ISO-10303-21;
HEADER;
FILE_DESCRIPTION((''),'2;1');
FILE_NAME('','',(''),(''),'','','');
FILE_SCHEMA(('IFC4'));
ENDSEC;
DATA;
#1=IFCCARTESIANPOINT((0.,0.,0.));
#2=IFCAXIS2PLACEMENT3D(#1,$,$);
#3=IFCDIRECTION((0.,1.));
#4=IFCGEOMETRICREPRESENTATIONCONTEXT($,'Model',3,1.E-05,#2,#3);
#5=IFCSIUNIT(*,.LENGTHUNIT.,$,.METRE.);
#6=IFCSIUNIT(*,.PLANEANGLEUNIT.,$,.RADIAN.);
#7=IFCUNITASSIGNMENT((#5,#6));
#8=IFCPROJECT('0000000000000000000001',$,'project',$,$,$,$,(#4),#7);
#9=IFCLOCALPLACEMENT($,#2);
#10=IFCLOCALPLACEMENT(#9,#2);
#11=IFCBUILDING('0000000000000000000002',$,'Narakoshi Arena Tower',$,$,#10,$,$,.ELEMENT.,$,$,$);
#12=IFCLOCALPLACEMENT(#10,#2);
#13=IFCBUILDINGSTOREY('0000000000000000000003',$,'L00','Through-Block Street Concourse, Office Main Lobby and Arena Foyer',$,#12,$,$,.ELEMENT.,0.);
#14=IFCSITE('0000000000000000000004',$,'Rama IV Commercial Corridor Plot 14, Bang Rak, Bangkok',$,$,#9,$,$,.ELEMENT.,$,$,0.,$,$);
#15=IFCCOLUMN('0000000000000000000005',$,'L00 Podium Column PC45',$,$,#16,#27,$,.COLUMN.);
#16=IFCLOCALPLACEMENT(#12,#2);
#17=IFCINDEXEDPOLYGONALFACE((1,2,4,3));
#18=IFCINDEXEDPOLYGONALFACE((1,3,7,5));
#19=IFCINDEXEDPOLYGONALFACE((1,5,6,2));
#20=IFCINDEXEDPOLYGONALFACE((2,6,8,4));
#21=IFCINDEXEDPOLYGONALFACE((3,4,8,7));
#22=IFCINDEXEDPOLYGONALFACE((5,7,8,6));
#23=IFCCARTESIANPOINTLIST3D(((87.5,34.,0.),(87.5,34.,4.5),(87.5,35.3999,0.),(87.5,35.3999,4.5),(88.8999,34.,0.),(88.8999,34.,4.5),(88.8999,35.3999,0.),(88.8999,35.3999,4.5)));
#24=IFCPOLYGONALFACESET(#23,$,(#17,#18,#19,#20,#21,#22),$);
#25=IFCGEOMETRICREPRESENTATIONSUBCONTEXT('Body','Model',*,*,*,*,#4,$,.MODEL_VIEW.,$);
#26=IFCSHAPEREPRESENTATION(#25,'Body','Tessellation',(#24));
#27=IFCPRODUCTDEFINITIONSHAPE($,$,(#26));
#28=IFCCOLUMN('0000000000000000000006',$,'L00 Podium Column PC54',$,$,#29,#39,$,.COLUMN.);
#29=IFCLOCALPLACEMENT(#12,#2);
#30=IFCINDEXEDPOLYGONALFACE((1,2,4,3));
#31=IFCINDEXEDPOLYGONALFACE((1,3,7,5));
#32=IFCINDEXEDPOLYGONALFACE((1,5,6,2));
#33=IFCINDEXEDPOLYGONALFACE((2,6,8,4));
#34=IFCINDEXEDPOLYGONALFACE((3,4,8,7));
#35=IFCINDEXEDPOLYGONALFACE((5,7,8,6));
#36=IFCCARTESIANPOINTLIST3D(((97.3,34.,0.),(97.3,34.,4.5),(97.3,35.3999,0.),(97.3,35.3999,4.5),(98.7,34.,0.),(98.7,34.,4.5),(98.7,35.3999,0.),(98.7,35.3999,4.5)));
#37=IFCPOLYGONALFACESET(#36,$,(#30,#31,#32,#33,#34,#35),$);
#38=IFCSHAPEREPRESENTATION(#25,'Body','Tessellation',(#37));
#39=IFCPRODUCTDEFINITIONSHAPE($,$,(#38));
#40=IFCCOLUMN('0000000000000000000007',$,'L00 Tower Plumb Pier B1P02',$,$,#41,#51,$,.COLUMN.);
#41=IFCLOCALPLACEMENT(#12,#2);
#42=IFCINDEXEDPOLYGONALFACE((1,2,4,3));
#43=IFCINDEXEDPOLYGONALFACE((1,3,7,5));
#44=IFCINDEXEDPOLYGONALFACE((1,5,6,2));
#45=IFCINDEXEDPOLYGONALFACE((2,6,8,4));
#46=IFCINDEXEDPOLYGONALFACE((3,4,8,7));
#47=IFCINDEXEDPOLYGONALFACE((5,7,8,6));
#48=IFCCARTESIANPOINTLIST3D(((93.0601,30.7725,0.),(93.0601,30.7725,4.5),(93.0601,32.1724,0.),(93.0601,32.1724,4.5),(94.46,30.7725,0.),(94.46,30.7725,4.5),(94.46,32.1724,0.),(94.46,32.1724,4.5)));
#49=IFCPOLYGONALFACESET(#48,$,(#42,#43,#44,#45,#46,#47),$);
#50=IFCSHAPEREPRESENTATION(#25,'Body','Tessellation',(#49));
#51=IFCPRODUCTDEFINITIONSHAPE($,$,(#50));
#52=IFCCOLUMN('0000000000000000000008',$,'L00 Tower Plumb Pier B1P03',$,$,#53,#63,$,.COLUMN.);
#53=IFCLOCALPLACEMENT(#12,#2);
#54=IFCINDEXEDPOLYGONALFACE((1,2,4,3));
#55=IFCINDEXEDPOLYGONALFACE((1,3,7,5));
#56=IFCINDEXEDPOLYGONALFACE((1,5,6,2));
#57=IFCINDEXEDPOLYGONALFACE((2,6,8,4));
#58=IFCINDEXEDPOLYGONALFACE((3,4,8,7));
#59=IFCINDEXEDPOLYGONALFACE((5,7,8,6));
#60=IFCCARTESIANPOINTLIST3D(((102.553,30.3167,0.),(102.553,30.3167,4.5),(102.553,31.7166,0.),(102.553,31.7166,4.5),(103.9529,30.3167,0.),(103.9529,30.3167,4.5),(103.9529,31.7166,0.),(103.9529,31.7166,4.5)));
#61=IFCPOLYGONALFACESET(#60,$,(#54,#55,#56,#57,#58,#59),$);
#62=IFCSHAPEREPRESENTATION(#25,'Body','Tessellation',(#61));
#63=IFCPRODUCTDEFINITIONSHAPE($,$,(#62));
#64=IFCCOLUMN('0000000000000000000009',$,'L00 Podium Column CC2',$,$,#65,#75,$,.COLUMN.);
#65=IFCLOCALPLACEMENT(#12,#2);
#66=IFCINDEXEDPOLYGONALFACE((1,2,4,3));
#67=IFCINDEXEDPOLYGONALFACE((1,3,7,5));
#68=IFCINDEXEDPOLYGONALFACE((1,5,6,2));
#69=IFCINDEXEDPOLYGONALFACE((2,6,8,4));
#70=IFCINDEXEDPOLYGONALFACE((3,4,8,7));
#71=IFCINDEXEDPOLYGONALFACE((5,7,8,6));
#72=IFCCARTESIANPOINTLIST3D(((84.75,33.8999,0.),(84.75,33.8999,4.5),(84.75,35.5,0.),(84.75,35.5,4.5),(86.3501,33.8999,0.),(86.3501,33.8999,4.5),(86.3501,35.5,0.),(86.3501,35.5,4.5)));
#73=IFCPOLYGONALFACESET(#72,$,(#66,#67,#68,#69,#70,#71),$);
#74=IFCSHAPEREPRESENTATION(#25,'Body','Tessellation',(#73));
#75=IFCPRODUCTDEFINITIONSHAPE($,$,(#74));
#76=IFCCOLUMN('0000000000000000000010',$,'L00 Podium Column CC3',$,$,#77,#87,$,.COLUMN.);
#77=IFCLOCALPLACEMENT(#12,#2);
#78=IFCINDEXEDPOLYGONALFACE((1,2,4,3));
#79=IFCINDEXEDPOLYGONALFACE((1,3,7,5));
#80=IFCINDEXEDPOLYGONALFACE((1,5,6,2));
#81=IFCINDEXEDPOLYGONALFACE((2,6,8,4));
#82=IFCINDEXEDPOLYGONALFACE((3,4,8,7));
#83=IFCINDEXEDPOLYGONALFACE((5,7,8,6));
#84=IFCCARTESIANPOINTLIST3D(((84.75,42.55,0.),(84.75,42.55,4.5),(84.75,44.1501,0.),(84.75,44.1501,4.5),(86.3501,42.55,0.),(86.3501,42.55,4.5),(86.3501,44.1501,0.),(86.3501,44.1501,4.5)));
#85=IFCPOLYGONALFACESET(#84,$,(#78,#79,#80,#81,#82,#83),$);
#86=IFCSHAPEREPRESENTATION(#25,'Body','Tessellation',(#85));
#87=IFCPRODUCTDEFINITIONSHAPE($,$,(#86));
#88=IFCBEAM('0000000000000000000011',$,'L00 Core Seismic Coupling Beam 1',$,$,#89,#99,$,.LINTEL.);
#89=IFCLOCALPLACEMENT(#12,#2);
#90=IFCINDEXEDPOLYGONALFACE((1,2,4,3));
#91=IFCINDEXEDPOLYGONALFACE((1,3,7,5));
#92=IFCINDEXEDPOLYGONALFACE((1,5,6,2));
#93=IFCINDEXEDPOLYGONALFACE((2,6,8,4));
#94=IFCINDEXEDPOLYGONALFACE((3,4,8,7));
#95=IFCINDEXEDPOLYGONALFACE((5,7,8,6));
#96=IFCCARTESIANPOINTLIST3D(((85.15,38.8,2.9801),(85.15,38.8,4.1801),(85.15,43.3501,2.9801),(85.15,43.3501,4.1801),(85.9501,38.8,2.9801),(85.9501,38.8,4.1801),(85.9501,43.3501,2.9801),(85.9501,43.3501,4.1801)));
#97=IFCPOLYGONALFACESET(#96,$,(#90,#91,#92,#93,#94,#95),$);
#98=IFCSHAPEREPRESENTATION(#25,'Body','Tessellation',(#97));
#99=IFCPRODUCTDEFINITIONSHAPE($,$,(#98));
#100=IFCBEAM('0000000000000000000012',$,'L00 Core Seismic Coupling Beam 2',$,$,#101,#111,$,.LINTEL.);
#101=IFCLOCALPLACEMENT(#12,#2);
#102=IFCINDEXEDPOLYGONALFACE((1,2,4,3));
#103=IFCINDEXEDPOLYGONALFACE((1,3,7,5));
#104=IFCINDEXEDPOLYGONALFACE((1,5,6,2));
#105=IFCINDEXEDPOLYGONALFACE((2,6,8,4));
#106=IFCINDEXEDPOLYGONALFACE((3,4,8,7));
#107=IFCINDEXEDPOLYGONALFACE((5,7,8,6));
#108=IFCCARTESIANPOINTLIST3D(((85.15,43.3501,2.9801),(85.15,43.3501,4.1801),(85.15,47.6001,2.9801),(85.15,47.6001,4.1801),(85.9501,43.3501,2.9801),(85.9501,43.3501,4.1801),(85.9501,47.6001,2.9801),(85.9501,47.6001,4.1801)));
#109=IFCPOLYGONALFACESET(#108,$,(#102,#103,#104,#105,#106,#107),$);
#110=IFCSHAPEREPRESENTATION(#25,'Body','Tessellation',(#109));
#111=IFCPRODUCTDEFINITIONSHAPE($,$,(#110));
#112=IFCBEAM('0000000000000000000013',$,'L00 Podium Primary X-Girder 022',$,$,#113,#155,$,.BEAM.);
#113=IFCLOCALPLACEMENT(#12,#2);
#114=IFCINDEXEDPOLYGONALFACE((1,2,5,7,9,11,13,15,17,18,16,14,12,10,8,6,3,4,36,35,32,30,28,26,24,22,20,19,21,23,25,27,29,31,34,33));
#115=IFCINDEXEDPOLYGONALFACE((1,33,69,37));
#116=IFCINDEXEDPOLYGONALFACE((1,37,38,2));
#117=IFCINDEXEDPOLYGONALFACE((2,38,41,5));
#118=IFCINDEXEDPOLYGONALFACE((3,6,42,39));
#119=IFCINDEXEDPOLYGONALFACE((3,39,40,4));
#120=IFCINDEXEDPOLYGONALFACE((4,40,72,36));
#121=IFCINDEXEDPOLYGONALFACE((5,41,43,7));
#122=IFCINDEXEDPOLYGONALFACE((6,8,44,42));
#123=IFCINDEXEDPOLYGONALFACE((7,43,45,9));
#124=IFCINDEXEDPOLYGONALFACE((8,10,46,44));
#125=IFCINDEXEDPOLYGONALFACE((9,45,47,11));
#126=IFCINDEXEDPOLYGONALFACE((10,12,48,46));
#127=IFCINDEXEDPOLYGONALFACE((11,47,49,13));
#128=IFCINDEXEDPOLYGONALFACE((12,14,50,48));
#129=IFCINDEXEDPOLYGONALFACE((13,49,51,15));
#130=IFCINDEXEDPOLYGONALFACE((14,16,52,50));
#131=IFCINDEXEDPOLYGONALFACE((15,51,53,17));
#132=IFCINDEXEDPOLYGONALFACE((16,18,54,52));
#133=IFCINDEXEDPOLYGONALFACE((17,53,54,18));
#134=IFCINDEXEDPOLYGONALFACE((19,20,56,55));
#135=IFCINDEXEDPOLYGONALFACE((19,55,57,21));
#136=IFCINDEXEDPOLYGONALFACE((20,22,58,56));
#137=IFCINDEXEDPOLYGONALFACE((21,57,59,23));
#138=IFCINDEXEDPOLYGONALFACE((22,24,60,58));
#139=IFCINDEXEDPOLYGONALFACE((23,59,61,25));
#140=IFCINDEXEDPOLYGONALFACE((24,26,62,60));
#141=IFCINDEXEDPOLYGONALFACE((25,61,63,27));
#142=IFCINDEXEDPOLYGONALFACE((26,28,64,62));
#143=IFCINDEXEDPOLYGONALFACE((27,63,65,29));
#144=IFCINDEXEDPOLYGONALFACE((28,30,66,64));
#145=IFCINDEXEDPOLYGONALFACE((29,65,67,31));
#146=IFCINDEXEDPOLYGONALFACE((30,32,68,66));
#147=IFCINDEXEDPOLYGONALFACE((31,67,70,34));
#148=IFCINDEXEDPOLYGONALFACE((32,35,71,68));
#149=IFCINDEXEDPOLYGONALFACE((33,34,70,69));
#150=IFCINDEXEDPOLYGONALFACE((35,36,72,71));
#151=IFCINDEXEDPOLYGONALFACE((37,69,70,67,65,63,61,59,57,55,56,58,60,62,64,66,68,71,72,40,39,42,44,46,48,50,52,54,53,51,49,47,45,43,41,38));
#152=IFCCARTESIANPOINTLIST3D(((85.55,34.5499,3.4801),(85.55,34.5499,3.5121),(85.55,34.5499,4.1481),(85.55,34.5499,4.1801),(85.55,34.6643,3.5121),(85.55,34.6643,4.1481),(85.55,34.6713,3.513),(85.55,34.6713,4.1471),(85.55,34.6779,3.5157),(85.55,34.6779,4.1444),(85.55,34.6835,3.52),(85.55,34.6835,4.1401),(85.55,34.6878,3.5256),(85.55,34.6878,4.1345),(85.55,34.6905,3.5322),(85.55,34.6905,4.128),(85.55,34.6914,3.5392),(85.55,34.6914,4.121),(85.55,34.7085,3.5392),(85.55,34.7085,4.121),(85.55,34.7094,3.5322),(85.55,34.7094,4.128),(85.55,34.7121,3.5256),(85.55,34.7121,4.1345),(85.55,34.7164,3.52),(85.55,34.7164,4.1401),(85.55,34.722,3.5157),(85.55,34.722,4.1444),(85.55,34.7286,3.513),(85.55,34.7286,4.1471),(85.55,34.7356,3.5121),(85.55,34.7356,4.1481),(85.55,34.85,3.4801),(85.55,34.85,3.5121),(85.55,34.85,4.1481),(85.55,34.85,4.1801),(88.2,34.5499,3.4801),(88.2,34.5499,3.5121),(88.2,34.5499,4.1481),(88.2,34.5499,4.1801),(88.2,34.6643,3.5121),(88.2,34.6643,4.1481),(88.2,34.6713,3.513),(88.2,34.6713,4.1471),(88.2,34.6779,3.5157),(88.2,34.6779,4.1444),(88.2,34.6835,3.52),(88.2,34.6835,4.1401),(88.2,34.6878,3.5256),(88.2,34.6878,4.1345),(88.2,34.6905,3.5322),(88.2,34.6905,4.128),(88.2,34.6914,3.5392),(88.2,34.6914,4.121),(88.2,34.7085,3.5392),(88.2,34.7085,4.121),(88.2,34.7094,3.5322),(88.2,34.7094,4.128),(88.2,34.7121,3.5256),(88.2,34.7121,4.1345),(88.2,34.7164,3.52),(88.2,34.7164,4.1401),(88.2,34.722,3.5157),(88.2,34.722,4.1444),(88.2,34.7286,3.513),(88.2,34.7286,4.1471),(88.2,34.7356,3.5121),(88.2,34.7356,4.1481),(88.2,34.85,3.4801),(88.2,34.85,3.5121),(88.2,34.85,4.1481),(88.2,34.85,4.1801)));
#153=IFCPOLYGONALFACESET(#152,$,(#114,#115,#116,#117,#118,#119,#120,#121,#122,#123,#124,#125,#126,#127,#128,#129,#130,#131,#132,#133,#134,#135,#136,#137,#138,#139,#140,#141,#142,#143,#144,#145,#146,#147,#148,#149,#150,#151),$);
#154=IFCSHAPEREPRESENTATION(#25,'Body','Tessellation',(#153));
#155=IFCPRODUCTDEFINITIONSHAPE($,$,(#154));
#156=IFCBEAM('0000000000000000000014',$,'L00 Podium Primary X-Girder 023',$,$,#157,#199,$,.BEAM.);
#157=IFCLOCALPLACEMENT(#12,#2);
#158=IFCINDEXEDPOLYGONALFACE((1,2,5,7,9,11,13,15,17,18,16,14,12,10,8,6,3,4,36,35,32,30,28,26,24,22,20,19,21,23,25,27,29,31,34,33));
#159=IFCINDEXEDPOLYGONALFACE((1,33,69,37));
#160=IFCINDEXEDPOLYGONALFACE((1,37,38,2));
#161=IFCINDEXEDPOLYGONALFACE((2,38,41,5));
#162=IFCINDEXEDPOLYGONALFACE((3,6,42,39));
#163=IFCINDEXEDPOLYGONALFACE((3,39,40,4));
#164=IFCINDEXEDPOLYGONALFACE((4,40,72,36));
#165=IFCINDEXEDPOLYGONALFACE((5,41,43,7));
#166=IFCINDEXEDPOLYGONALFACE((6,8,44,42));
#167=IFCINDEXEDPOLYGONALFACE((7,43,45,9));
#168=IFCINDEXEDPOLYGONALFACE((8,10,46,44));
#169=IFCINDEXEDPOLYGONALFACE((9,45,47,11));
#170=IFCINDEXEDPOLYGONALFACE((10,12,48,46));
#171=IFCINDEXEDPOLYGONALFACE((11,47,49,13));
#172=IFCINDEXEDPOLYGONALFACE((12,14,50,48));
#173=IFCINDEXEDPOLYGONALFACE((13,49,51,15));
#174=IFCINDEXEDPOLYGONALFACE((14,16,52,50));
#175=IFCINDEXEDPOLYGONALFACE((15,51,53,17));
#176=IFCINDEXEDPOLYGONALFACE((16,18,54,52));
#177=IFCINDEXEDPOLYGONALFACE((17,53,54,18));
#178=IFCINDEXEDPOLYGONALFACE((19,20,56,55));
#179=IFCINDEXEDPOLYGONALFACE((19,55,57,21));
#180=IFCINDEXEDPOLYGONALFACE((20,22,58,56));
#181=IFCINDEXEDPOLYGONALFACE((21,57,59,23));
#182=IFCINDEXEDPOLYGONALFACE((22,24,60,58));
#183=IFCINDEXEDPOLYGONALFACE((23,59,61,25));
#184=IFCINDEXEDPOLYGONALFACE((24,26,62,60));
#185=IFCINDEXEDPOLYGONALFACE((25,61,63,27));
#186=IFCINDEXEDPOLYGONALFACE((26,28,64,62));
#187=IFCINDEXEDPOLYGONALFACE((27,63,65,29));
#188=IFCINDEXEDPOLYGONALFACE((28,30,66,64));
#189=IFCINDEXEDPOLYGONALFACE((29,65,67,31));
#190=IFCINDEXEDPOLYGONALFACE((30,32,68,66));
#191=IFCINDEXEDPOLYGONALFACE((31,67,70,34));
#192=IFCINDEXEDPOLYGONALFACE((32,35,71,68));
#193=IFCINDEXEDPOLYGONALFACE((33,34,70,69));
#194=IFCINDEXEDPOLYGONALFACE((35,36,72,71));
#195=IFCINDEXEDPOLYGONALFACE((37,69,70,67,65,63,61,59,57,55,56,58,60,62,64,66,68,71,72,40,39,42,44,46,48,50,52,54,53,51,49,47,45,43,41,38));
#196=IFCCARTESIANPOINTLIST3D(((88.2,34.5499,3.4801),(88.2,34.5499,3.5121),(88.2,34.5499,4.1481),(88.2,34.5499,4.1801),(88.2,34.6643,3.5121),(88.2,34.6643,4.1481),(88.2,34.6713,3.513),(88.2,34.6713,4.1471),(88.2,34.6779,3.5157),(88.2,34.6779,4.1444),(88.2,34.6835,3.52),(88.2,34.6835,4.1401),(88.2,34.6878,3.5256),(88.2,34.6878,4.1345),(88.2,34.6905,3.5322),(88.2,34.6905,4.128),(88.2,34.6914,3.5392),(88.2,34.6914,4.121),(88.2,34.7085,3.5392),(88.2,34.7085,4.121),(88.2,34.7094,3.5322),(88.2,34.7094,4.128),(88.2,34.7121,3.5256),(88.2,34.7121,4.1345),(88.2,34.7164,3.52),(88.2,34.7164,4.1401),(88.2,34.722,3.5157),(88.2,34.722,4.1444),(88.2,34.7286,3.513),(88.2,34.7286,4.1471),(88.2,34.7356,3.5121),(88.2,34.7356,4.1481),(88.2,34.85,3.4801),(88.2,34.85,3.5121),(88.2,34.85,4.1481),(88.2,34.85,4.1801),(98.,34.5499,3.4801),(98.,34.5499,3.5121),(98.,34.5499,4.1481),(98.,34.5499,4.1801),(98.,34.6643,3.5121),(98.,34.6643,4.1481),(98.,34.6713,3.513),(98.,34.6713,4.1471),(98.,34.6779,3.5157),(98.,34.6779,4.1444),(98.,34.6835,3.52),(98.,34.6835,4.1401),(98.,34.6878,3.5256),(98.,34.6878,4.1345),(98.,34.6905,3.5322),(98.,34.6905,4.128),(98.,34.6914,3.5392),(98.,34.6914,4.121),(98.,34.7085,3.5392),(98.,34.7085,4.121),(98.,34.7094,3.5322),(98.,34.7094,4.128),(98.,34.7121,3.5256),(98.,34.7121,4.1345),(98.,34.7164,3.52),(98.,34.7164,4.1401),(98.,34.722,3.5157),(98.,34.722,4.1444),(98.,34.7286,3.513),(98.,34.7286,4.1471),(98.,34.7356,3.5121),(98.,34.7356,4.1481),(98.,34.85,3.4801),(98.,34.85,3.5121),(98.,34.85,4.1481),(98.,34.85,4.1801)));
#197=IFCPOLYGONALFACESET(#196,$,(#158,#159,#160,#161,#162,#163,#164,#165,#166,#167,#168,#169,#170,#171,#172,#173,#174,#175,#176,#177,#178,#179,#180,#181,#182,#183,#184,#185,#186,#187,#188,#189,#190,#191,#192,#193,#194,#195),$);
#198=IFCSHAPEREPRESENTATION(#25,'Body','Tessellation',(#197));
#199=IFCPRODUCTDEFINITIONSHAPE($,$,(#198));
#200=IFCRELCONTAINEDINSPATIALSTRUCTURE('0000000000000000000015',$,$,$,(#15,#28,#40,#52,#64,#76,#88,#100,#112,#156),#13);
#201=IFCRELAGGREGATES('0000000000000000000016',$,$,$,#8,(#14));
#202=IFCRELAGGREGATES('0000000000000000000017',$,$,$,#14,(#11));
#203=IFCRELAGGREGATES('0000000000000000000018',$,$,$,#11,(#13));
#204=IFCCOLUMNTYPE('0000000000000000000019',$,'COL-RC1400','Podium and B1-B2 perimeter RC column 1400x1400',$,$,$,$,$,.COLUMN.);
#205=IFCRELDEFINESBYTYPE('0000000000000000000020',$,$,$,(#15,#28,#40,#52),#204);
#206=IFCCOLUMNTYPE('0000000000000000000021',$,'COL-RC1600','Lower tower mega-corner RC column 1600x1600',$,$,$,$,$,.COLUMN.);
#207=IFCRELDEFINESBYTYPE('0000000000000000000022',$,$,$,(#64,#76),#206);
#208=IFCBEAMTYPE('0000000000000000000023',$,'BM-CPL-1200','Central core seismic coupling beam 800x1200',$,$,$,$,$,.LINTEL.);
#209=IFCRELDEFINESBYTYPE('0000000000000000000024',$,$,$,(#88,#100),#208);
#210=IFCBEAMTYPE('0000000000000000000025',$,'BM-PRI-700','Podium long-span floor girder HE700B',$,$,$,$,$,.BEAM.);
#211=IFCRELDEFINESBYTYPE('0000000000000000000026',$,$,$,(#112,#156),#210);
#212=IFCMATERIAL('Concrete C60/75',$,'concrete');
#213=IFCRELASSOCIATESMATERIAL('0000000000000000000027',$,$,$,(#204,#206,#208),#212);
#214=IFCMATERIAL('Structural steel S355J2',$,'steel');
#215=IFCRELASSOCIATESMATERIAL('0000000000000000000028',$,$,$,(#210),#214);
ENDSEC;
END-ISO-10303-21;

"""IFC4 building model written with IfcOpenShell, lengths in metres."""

from ifc_helpers import new_model, si_unit, direction, frame, origin, origin_2d, place, context, subcontext, project, spatial, rectangle, i_section, extrude, material, material_profile, profile_set, type_object, element, save


model = new_model("IFC4")

# Units and contexts
model_context = context("Model", 3, precision=1e-05, world=origin(), true_north=direction((0.0, 1.0)))
body_context = subcontext(model_context, "Body", "Model", "MODEL_VIEW")
ifc_project = project(units=[si_unit("LENGTHUNIT", "METRE"), si_unit("PLANEANGLEUNIT", "RADIAN")], contexts=[model_context])

# Site, building, storey
site_placement = place(None, origin())
site = spatial("IfcSite", under=ifc_project, at=site_placement, Name="Rama IV Commercial Corridor Plot 14, Bang Rak, Bangkok", CompositionType="ELEMENT", RefElevation=0.0)
building_placement = place(site_placement, origin())
building = spatial("IfcBuilding", under=site, at=building_placement, Name="Narakoshi Arena Tower", CompositionType="ELEMENT")
storey_placement = place(building_placement, origin())
storey = spatial("IfcBuildingStorey", under=building, at=storey_placement, Name="L00", Description="Through-Block Street Concourse, Office Main Lobby and Arena Foyer", CompositionType="ELEMENT", Elevation=0.0)

# Columns
ifc_material_1 = material(Name="Concrete C60/75", Category="concrete")
ifc_material_profile_1 = material_profile(ifc_material_1, rectangle(XDim=1.3999, YDim=1.3999, at=origin_2d()), Name="RC1400x1400")
ifc_profile_set_1 = profile_set([ifc_material_profile_1], Name="Concrete C60/75")
column_type_1 = type_object("IfcColumnType", Name="COL-RC1400", Description="Podium and B1-B2 perimeter RC column 1400x1400", PredefinedType="COLUMN", material=ifc_profile_set_1)
for number, where, z_axis, x_axis, name in (
    (1, (88.2, 34.7, 0.0), (0.0, 0.0, 1.0), (1.0, 0.0, 0.0), "L00 Podium Column PC45"),
    (2, (98.0, 34.7, 0.0), (0.0, 0.0, 1.0), (1.0, 0.0, 0.0), "L00 Podium Column PC54"),
    (3, (93.76, 31.4724, 0.0), (0.0, 0.0, 1.0), (1.0, 0.0, 0.0), "L00 Tower Plumb Pier B1P02"),
    (4, (103.2529, 31.0166, 0.0), (0.0, 0.0, 1.0), (1.0, 0.0, 0.0), "L00 Tower Plumb Pier B1P03"),
):
    element("IfcColumn", number, at=place(storey_placement, frame(where, z_axis=z_axis, x_axis=x_axis)), inside=storey, type_object=column_type_1, Name=name, PredefinedType="COLUMN", context=body_context, shape_type="SweptSolid", body=[
        extrude(rectangle(XDim=1.3999, YDim=1.3999, at=origin_2d()), origin(), (0.0, 0.0, 1.0), 4.5),
    ])
ifc_material_profile_2 = material_profile(ifc_material_1, rectangle(XDim=1.6001, YDim=1.6001, at=origin_2d()), Name="RC1600x1600")
ifc_profile_set_2 = profile_set([ifc_material_profile_2], Name="Concrete C60/75")
column_type_2 = type_object("IfcColumnType", Name="COL-RC1600", Description="Lower tower mega-corner RC column 1600x1600", PredefinedType="COLUMN", material=ifc_profile_set_2)
for number, where, z_axis, x_axis, name in (
    (5, (85.55, 34.7, 0.0), (0.0, 0.0, 1.0), (1.0, 0.0, 0.0), "L00 Podium Column CC2"),
    (6, (85.55, 43.3501, 0.0), (0.0, 0.0, 1.0), (1.0, 0.0, 0.0), "L00 Podium Column CC3"),
):
    element("IfcColumn", number, at=place(storey_placement, frame(where, z_axis=z_axis, x_axis=x_axis)), inside=storey, type_object=column_type_2, Name=name, PredefinedType="COLUMN", context=body_context, shape_type="SweptSolid", body=[
        extrude(rectangle(XDim=1.6001, YDim=1.6001, at=origin_2d()), origin(), (0.0, 0.0, 1.0), 4.5),
    ])

# Beams
ifc_material_profile_3 = material_profile(ifc_material_1, rectangle(XDim=0.8, YDim=1.2, at=origin_2d()), Name="RCB800x1200")
ifc_profile_set_3 = profile_set([ifc_material_profile_3], Name="Concrete C60/75")
beam_type_1 = type_object("IfcBeamType", Name="BM-CPL-1200", Description="Central core seismic coupling beam 800x1200", PredefinedType="LINTEL", material=ifc_profile_set_3)
beam_1_placement = place(storey_placement, frame((85.55, 38.8, 3.5801), z_axis=(0.0, 1.0, 0.0), x_axis=(-1.0, 0.0, 0.0)))
element("IfcBeam", 7, at=beam_1_placement, inside=storey, type_object=beam_type_1, Name="L00 Core Seismic Coupling Beam 1", PredefinedType="LINTEL", context=body_context, shape_type="SweptSolid", body=[
    extrude(rectangle(XDim=0.8, YDim=1.2, at=origin_2d()), origin(), (0.0, 0.0, 1.0), 4.55),
])
beam_2_placement = place(storey_placement, frame((85.55, 43.3501, 3.5801), z_axis=(0.0, 1.0, 0.0), x_axis=(-1.0, 0.0, 0.0)))
element("IfcBeam", 8, at=beam_2_placement, inside=storey, type_object=beam_type_1, Name="L00 Core Seismic Coupling Beam 2", PredefinedType="LINTEL", context=body_context, shape_type="SweptSolid", body=[
    extrude(rectangle(XDim=0.8, YDim=1.2, at=origin_2d()), origin(), (0.0, 0.0, 1.0), 4.25),
])
ifc_material_2 = material(Name="Structural steel S355J2", Category="steel")
ifc_material_profile_4 = material_profile(ifc_material_2, i_section(OverallWidth=0.3, OverallDepth=0.7, WebThickness=0.0171, FlangeThickness=0.032, FilletRadius=0.0271, at=origin_2d()), Name="HE700B")
ifc_profile_set_4 = profile_set([ifc_material_profile_4], Name="Structural steel S355J2")
beam_type_2 = type_object("IfcBeamType", Name="BM-PRI-700", Description="Podium long-span floor girder HE700B", PredefinedType="BEAM", material=ifc_profile_set_4)
beam_3_placement = place(storey_placement, frame((85.55, 34.7, 3.8301), z_axis=(1.0, 0.0, 0.0), x_axis=(0.0, 1.0, 0.0)))
element("IfcBeam", 9, at=beam_3_placement, inside=storey, type_object=beam_type_2, Name="L00 Podium Primary X-Girder 022", PredefinedType="BEAM", context=body_context, shape_type="SweptSolid", body=[
    extrude(i_section(OverallWidth=0.3, OverallDepth=0.7, WebThickness=0.0171, FlangeThickness=0.032, FilletRadius=0.0271, at=origin_2d()), origin(), (0.0, 0.0, 1.0), 2.6499),
])
beam_4_placement = place(storey_placement, frame((88.2, 34.7, 3.8301), z_axis=(1.0, 0.0, 0.0), x_axis=(0.0, 1.0, 0.0)))
element("IfcBeam", 10, at=beam_4_placement, inside=storey, type_object=beam_type_2, Name="L00 Podium Primary X-Girder 023", PredefinedType="BEAM", context=body_context, shape_type="SweptSolid", body=[
    extrude(i_section(OverallWidth=0.3, OverallDepth=0.7, WebThickness=0.0171, FlangeThickness=0.032, FilletRadius=0.0271, at=origin_2d()), origin(), (0.0, 0.0, 1.0), 9.8),
])

save(model, "model.ifc")
